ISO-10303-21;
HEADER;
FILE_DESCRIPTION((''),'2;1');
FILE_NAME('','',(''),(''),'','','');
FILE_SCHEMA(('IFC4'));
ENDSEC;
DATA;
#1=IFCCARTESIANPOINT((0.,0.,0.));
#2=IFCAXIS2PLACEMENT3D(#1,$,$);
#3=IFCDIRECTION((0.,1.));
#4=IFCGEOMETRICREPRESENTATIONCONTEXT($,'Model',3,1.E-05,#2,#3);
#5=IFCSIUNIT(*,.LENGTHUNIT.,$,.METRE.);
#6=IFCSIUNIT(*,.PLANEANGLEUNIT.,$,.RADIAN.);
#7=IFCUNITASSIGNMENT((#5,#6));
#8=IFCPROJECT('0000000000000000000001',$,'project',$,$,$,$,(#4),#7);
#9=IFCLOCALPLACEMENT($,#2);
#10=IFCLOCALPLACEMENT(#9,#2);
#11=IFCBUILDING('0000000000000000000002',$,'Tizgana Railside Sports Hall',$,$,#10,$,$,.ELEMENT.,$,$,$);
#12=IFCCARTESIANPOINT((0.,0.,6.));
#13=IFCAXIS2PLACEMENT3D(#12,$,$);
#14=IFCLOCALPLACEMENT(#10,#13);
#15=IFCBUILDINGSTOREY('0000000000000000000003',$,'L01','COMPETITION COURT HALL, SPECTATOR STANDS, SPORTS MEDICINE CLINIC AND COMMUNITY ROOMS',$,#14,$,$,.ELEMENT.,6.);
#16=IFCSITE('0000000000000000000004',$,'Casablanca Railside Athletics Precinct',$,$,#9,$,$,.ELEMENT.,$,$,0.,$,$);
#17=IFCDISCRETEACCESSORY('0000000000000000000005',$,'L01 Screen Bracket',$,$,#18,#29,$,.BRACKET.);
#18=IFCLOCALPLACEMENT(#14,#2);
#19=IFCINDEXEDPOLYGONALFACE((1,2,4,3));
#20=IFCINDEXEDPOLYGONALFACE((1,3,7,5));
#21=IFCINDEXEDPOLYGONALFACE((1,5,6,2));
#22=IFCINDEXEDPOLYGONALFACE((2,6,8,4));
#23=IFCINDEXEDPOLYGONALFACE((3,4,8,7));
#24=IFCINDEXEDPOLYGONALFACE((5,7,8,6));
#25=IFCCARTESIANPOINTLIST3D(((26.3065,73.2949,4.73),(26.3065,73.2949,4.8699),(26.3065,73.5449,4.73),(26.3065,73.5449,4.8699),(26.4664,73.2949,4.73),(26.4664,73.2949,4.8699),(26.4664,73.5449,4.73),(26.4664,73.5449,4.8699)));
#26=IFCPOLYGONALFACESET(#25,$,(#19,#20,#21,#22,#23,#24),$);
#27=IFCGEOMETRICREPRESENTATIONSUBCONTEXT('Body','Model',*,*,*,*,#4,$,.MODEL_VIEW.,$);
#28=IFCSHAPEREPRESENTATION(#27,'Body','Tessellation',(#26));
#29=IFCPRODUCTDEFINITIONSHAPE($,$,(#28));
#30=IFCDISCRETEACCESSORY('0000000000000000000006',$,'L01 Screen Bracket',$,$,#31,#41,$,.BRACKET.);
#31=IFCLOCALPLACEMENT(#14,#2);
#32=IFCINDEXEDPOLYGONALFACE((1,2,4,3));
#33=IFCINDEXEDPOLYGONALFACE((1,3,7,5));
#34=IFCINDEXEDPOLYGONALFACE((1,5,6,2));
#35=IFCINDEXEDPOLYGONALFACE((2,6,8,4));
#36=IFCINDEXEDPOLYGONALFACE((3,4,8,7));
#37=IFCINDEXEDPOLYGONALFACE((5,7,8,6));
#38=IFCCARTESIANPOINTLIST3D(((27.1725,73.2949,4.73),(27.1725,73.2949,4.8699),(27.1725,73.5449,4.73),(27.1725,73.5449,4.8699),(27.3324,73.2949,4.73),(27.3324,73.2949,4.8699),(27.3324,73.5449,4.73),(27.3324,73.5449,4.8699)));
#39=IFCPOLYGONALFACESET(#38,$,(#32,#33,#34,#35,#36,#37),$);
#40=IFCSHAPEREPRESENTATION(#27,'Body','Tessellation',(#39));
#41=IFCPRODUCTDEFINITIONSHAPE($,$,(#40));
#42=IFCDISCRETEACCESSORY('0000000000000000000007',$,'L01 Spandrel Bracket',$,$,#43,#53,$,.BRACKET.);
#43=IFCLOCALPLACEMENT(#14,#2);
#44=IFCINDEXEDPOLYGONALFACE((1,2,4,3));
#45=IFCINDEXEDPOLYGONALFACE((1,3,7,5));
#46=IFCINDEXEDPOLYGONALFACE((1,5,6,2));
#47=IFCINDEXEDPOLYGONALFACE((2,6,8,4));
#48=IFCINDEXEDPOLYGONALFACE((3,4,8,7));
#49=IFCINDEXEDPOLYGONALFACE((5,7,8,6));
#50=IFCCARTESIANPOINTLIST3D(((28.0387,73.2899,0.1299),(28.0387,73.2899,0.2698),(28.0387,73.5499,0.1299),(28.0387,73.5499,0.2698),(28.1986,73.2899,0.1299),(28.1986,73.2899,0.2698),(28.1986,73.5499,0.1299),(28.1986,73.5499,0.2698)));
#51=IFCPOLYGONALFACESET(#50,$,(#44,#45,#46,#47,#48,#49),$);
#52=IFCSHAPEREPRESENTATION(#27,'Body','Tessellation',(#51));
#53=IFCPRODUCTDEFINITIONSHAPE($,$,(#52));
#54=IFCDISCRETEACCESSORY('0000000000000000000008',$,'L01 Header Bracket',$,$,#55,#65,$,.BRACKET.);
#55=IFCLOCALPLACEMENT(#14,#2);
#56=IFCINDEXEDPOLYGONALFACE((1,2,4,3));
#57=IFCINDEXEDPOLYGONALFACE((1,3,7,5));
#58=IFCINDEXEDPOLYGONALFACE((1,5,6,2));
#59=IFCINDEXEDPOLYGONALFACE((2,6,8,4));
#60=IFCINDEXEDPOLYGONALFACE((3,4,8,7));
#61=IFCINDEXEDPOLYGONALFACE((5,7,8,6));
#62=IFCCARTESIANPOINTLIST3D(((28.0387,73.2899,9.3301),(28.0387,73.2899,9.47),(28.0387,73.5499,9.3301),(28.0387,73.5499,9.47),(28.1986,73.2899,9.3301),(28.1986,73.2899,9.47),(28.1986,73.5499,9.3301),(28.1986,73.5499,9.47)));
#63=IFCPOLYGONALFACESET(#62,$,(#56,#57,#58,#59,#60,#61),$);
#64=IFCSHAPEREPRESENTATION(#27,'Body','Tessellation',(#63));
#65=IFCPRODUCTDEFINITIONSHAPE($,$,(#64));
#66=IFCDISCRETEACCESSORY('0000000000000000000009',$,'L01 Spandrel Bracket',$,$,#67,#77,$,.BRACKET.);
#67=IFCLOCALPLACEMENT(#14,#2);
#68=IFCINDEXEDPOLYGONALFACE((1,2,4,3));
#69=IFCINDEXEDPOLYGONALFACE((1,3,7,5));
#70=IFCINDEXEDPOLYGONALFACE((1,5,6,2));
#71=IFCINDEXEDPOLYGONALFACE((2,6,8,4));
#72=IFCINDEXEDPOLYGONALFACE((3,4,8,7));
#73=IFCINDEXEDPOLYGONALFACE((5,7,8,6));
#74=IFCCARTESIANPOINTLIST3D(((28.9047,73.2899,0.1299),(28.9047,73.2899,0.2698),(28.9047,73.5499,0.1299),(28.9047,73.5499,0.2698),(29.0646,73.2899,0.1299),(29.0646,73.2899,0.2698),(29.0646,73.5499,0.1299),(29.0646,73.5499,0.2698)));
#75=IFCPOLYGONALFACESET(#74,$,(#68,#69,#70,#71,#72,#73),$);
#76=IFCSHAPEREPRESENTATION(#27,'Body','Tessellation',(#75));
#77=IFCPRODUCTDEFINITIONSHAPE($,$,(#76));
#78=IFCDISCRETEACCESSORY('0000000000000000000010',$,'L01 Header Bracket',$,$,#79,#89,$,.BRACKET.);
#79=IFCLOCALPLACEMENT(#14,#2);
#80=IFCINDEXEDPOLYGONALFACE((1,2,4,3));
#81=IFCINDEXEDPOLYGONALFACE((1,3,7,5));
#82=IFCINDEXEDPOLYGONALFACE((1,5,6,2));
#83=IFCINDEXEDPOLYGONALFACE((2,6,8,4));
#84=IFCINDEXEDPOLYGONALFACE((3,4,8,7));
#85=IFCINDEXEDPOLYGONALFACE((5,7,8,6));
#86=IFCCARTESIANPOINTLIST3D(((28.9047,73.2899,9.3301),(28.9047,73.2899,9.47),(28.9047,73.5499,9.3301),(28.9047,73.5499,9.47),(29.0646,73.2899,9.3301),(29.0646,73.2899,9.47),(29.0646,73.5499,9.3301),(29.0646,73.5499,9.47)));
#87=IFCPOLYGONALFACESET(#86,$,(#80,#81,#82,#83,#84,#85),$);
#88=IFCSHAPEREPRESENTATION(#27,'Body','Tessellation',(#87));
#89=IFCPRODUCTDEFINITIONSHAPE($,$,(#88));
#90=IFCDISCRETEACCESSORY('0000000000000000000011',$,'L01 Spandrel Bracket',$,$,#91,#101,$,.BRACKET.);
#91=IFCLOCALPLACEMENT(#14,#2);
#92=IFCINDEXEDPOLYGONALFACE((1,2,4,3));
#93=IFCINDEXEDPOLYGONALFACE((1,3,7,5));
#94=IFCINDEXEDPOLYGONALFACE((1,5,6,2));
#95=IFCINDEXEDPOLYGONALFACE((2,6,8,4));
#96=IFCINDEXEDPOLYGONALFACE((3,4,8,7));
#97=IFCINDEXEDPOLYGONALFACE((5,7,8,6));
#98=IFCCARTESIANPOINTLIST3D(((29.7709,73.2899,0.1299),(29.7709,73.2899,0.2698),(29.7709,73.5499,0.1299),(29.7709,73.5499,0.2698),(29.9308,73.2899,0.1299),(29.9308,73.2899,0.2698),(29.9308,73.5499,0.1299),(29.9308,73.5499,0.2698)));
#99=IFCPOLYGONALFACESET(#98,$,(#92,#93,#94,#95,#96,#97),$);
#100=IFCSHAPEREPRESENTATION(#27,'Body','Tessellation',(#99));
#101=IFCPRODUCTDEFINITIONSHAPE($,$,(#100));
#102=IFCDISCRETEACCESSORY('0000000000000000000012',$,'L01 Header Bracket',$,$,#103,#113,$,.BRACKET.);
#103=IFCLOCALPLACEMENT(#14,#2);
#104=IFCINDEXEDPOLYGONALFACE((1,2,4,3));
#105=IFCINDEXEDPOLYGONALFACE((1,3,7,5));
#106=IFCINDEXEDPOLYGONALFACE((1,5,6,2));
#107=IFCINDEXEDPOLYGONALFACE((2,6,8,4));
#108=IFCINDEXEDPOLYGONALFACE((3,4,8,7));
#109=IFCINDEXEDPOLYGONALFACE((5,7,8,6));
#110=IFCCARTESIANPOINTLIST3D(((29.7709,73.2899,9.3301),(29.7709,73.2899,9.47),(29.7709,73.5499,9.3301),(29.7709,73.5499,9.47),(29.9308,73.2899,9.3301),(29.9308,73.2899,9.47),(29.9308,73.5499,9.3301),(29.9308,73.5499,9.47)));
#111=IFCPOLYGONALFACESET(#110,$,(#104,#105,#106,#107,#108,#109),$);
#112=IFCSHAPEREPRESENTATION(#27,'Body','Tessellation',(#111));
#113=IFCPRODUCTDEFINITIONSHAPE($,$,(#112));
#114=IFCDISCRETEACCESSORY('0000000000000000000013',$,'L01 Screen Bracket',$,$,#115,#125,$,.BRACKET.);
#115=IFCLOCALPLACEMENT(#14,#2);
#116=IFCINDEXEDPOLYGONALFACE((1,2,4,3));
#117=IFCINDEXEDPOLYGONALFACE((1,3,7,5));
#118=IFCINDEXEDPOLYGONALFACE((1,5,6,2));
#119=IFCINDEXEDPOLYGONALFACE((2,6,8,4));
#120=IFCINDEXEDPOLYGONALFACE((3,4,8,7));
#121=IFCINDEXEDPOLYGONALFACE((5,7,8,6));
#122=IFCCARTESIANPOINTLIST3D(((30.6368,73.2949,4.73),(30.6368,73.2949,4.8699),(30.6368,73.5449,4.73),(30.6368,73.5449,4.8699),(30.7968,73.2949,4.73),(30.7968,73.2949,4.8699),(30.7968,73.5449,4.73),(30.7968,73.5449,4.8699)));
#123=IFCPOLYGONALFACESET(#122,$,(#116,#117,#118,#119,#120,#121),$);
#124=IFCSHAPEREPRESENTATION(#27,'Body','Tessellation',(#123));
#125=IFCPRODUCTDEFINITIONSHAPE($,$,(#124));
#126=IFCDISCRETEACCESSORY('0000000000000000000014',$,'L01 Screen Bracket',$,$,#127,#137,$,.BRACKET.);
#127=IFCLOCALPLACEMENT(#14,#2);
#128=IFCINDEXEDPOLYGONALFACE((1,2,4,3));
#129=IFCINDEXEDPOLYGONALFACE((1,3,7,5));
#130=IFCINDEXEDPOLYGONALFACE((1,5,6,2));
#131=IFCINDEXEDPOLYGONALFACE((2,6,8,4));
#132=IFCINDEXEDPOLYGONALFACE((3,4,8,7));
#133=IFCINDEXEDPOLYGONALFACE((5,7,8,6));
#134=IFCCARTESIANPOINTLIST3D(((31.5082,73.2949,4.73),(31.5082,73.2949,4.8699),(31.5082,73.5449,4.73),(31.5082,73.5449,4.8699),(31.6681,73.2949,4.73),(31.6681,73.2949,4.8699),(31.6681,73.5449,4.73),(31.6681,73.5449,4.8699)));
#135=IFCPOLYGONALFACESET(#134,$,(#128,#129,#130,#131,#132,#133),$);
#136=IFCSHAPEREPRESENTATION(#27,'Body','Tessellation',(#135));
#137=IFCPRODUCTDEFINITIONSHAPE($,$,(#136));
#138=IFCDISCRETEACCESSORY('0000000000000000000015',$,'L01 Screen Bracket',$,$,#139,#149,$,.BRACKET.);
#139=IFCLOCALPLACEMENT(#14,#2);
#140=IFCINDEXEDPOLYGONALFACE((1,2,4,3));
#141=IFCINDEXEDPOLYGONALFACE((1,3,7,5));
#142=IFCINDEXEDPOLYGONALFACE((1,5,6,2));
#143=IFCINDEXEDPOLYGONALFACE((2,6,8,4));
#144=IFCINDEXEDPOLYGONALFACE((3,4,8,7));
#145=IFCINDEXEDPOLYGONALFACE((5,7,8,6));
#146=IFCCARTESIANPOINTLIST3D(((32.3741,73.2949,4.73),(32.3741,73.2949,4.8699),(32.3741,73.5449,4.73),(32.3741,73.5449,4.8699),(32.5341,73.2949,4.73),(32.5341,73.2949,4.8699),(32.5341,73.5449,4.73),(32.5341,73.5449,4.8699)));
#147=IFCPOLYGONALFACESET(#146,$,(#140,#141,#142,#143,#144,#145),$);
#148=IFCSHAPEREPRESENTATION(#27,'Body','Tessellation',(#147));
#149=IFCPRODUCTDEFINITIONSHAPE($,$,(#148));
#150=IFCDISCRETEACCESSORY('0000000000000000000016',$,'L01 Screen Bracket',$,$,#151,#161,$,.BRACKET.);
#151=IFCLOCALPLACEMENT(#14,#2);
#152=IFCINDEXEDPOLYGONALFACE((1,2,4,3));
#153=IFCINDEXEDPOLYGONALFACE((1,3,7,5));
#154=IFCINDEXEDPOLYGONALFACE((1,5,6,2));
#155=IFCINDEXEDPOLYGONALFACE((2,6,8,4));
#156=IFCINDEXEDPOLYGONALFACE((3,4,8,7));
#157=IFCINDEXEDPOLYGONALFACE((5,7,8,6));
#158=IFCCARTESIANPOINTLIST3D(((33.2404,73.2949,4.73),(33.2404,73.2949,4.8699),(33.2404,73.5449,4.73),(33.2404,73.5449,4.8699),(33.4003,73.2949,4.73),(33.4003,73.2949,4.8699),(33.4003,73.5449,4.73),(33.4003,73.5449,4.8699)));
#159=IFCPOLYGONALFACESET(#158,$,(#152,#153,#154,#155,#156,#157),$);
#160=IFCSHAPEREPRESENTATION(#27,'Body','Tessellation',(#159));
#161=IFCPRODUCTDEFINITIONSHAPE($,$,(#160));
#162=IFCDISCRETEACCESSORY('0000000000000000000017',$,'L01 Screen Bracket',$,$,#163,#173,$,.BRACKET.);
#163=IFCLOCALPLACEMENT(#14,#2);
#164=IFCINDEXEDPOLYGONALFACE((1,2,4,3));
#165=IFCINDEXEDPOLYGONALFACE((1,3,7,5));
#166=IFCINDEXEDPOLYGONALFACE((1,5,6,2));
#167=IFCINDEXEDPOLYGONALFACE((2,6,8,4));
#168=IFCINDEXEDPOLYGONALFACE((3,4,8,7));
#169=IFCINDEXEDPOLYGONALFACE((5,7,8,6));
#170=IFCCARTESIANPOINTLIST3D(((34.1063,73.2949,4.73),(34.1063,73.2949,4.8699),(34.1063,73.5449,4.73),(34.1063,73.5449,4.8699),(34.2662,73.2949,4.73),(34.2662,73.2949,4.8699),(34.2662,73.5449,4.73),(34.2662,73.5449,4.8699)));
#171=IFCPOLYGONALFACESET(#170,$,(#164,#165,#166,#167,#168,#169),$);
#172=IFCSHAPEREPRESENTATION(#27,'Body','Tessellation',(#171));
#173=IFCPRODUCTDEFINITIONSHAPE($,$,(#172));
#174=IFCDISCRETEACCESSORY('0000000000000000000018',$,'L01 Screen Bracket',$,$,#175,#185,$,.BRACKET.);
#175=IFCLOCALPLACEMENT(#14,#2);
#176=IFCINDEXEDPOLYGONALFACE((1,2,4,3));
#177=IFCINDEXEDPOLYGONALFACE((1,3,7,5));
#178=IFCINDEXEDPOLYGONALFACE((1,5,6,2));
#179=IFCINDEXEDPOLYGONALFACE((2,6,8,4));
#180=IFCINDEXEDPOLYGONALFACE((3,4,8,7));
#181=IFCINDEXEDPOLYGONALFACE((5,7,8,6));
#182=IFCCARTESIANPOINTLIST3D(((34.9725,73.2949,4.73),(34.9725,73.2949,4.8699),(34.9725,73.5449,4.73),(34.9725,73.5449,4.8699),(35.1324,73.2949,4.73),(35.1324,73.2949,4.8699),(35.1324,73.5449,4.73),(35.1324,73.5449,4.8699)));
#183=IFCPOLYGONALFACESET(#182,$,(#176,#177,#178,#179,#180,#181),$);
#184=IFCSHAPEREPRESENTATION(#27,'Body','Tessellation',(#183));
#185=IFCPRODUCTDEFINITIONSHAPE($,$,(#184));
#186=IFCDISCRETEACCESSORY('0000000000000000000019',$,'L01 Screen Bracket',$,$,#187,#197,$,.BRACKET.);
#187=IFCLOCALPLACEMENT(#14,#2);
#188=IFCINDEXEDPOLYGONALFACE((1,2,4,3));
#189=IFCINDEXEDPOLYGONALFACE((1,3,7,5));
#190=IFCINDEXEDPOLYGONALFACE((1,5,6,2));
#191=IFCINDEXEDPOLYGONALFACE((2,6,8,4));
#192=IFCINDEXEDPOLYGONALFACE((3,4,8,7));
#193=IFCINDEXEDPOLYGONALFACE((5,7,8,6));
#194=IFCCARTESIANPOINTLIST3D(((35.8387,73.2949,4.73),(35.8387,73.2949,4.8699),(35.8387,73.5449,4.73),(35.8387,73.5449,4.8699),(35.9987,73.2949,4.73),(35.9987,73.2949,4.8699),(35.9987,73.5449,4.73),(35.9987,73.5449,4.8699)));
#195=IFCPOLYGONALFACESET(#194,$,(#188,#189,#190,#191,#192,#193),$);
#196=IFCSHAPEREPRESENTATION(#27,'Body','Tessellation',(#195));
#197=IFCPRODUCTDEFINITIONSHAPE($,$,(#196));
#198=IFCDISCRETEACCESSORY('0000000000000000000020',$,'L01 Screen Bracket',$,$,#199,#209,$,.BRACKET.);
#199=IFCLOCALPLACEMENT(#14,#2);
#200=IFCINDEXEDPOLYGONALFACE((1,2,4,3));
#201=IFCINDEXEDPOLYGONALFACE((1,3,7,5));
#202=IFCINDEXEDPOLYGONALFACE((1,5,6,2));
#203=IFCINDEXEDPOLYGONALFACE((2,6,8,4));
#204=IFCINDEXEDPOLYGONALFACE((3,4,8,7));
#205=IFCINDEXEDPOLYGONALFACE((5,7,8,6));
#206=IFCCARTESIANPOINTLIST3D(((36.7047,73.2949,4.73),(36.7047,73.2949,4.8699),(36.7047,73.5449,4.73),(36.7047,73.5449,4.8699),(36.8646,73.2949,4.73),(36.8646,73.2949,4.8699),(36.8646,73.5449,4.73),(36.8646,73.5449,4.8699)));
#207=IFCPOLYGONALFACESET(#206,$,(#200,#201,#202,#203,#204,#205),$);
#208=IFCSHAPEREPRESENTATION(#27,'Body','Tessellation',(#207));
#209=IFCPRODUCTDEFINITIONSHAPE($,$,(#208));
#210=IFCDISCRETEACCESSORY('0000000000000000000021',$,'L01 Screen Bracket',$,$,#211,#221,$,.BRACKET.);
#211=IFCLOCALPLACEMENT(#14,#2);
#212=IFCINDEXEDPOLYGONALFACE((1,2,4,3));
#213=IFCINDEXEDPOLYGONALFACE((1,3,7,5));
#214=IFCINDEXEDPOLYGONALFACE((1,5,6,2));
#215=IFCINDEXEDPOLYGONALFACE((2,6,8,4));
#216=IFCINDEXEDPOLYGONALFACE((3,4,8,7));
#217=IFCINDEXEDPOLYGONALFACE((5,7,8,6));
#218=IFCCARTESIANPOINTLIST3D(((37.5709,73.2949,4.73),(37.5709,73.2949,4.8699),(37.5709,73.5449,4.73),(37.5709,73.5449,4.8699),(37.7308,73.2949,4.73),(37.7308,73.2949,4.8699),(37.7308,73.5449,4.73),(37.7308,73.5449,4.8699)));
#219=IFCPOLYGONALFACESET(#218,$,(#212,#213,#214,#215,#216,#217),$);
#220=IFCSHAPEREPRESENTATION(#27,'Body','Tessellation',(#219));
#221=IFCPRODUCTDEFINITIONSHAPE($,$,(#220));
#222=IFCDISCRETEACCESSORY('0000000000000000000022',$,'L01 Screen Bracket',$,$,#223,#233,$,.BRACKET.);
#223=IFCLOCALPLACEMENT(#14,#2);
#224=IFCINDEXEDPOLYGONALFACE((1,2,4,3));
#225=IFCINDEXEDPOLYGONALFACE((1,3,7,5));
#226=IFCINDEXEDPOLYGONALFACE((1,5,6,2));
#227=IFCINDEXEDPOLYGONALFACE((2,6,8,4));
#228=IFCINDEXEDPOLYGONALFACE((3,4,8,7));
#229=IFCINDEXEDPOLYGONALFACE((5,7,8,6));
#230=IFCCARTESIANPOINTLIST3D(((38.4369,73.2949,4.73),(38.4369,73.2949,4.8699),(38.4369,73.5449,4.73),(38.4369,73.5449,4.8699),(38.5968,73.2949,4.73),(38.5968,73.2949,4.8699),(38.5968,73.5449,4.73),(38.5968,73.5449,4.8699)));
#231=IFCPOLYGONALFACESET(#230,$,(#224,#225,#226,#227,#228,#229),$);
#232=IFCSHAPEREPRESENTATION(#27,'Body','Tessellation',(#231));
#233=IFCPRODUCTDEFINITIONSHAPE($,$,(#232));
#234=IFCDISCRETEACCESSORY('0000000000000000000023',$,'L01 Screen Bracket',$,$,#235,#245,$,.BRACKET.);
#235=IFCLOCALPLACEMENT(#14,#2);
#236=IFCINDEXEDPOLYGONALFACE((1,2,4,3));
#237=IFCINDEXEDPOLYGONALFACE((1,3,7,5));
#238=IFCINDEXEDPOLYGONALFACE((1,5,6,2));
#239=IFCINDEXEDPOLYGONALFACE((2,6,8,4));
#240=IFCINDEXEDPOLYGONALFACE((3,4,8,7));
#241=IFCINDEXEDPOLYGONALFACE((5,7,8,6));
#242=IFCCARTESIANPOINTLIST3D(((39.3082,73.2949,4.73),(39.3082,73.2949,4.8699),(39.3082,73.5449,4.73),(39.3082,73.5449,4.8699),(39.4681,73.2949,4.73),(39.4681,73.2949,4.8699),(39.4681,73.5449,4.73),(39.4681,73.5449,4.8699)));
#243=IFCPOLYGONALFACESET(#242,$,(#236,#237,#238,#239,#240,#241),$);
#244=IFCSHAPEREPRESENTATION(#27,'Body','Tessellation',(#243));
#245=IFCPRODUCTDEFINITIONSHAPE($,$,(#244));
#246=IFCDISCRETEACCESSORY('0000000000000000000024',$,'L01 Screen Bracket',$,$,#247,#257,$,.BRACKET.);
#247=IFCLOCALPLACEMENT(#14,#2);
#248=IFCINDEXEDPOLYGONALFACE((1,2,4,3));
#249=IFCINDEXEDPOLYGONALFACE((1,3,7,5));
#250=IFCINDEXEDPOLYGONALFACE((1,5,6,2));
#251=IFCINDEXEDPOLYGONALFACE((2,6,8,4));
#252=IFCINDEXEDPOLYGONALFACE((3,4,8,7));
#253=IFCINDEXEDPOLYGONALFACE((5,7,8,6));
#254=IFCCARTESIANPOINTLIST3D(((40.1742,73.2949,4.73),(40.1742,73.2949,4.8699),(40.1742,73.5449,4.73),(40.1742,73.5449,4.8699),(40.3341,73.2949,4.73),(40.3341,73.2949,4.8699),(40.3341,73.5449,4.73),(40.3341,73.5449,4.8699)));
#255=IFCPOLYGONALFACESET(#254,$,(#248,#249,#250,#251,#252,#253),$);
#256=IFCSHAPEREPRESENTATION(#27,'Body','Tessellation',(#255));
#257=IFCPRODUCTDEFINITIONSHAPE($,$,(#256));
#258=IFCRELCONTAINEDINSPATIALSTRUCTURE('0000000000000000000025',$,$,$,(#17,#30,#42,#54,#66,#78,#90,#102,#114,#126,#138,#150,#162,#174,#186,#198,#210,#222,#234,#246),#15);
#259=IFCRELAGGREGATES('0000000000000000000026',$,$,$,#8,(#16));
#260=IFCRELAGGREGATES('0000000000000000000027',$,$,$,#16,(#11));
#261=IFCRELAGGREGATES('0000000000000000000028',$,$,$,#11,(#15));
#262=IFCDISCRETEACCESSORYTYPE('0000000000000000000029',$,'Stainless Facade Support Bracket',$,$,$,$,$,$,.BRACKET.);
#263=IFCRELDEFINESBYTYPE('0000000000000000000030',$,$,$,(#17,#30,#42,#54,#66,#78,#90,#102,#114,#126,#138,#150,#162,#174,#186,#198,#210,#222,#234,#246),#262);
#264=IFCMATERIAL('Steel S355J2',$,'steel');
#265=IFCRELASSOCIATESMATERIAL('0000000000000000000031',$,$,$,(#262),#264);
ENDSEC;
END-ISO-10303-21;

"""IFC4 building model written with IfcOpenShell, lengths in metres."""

from ifc_helpers import new_model, si_unit, direction, frame, origin, origin_2d, place, context, subcontext, project, spatial, rectangle, extrude, material, type_object, element, save


model = new_model("IFC4")

# Units and contexts
model_context = context("Model", 3, precision=1e-05, world=origin(), true_north=direction((0.0, 1.0)))
body_context = subcontext(model_context, "Body", "Model", "MODEL_VIEW")
ifc_project = project(units=[si_unit("LENGTHUNIT", "METRE"), si_unit("PLANEANGLEUNIT", "RADIAN")], contexts=[model_context])

# Site, building, storey
site_placement = place(None, origin())
site = spatial("IfcSite", under=ifc_project, at=site_placement, Name="Casablanca Railside Athletics Precinct", CompositionType="ELEMENT", RefElevation=0.0)
building_placement = place(site_placement, origin())
building = spatial("IfcBuilding", under=site, at=building_placement, Name="Tizgana Railside Sports Hall", CompositionType="ELEMENT")
storey_placement = place(building_placement, frame((0.0, 0.0, 6.0)))
storey = spatial("IfcBuildingStorey", under=building, at=storey_placement, Name="L01", Description="COMPETITION COURT HALL, SPECTATOR STANDS, SPORTS MEDICINE CLINIC AND COMMUNITY ROOMS", CompositionType="ELEMENT", Elevation=6.0)

# Shared definitions
ifc_material_1 = material(Name="Steel S355J2", Category="steel")

# Discrete accessories
discrete_accessory_type = type_object("IfcDiscreteAccessoryType", Name="Stainless Facade Support Bracket", PredefinedType="BRACKET", material=ifc_material_1)
for number, where, z_axis, x_axis, name in (
    (1, (26.3865, 73.4199, 4.73), (0.0, 0.0, 1.0), (1.0, 0.0, 0.0), "L01 Screen Bracket"),
    (2, (27.2524, 73.4199, 4.73), (0.0, 0.0, 1.0), (1.0, 0.0, 0.0), "L01 Screen Bracket"),
):
    element("IfcDiscreteAccessory", number, at=place(storey_placement, frame(where, z_axis=z_axis, x_axis=x_axis)), inside=storey, type_object=discrete_accessory_type, Name=name, PredefinedType="BRACKET", context=body_context, shape_type="SweptSolid", body=[
        extrude(rectangle(XDim=0.1599, YDim=0.25, at=origin_2d()), origin(), (0.0, 0.0, 1.0), 0.1399),
    ])
for number, where, z_axis, x_axis, name in (
    (3, (28.1187, 73.4199, 0.1299), (0.0, 0.0, 1.0), (1.0, 0.0, 0.0), "L01 Spandrel Bracket"),
    (4, (28.1187, 73.4199, 9.3301), (0.0, 0.0, 1.0), (1.0, 0.0, 0.0), "L01 Header Bracket"),
    (5, (28.9846, 73.4199, 0.1299), (0.0, 0.0, 1.0), (1.0, 0.0, 0.0), "L01 Spandrel Bracket"),
    (6, (28.9846, 73.4199, 9.3301), (0.0, 0.0, 1.0), (1.0, 0.0, 0.0), "L01 Header Bracket"),
    (7, (29.8508, 73.4199, 0.1299), (0.0, 0.0, 1.0), (1.0, 0.0, 0.0), "L01 Spandrel Bracket"),
    (8, (29.8508, 73.4199, 9.3301), (0.0, 0.0, 1.0), (1.0, 0.0, 0.0), "L01 Header Bracket"),
):
    element("IfcDiscreteAccessory", number, at=place(storey_placement, frame(where, z_axis=z_axis, x_axis=x_axis)), inside=storey, type_object=discrete_accessory_type, Name=name, PredefinedType="BRACKET", context=body_context, shape_type="SweptSolid", body=[
        extrude(rectangle(XDim=0.1599, YDim=0.26, at=origin_2d()), origin(), (0.0, 0.0, 1.0), 0.1399),
    ])
for number, where, z_axis, x_axis, name in (
    (9, (30.7168, 73.4199, 4.73), (0.0, 0.0, 1.0), (1.0, 0.0, 0.0), "L01 Screen Bracket"),
    (10, (31.5881, 73.4199, 4.73), (0.0, 0.0, 1.0), (1.0, 0.0, 0.0), "L01 Screen Bracket"),
    (11, (32.4541, 73.4199, 4.73), (0.0, 0.0, 1.0), (1.0, 0.0, 0.0), "L01 Screen Bracket"),
    (12, (33.3203, 73.4199, 4.73), (0.0, 0.0, 1.0), (1.0, 0.0, 0.0), "L01 Screen Bracket"),
    (13, (34.1863, 73.4199, 4.73), (0.0, 0.0, 1.0), (1.0, 0.0, 0.0), "L01 Screen Bracket"),
    (14, (35.0525, 73.4199, 4.73), (0.0, 0.0, 1.0), (1.0, 0.0, 0.0), "L01 Screen Bracket"),
    (15, (35.9187, 73.4199, 4.73), (0.0, 0.0, 1.0), (1.0, 0.0, 0.0), "L01 Screen Bracket"),
    (16, (36.7847, 73.4199, 4.73), (0.0, 0.0, 1.0), (1.0, 0.0, 0.0), "L01 Screen Bracket"),
    (17, (37.6509, 73.4199, 4.73), (0.0, 0.0, 1.0), (1.0, 0.0, 0.0), "L01 Screen Bracket"),
    (18, (38.5168, 73.4199, 4.73), (0.0, 0.0, 1.0), (1.0, 0.0, 0.0), "L01 Screen Bracket"),
    (19, (39.3882, 73.4199, 4.73), (0.0, 0.0, 1.0), (1.0, 0.0, 0.0), "L01 Screen Bracket"),
    (20, (40.2542, 73.4199, 4.73), (0.0, 0.0, 1.0), (1.0, 0.0, 0.0), "L01 Screen Bracket"),
):
    element("IfcDiscreteAccessory", number, at=place(storey_placement, frame(where, z_axis=z_axis, x_axis=x_axis)), inside=storey, type_object=discrete_accessory_type, Name=name, PredefinedType="BRACKET", context=body_context, shape_type="SweptSolid", body=[
        extrude(rectangle(XDim=0.1599, YDim=0.25, at=origin_2d()), origin(), (0.0, 0.0, 1.0), 0.1399),
    ])

save(model, "model.ifc")
